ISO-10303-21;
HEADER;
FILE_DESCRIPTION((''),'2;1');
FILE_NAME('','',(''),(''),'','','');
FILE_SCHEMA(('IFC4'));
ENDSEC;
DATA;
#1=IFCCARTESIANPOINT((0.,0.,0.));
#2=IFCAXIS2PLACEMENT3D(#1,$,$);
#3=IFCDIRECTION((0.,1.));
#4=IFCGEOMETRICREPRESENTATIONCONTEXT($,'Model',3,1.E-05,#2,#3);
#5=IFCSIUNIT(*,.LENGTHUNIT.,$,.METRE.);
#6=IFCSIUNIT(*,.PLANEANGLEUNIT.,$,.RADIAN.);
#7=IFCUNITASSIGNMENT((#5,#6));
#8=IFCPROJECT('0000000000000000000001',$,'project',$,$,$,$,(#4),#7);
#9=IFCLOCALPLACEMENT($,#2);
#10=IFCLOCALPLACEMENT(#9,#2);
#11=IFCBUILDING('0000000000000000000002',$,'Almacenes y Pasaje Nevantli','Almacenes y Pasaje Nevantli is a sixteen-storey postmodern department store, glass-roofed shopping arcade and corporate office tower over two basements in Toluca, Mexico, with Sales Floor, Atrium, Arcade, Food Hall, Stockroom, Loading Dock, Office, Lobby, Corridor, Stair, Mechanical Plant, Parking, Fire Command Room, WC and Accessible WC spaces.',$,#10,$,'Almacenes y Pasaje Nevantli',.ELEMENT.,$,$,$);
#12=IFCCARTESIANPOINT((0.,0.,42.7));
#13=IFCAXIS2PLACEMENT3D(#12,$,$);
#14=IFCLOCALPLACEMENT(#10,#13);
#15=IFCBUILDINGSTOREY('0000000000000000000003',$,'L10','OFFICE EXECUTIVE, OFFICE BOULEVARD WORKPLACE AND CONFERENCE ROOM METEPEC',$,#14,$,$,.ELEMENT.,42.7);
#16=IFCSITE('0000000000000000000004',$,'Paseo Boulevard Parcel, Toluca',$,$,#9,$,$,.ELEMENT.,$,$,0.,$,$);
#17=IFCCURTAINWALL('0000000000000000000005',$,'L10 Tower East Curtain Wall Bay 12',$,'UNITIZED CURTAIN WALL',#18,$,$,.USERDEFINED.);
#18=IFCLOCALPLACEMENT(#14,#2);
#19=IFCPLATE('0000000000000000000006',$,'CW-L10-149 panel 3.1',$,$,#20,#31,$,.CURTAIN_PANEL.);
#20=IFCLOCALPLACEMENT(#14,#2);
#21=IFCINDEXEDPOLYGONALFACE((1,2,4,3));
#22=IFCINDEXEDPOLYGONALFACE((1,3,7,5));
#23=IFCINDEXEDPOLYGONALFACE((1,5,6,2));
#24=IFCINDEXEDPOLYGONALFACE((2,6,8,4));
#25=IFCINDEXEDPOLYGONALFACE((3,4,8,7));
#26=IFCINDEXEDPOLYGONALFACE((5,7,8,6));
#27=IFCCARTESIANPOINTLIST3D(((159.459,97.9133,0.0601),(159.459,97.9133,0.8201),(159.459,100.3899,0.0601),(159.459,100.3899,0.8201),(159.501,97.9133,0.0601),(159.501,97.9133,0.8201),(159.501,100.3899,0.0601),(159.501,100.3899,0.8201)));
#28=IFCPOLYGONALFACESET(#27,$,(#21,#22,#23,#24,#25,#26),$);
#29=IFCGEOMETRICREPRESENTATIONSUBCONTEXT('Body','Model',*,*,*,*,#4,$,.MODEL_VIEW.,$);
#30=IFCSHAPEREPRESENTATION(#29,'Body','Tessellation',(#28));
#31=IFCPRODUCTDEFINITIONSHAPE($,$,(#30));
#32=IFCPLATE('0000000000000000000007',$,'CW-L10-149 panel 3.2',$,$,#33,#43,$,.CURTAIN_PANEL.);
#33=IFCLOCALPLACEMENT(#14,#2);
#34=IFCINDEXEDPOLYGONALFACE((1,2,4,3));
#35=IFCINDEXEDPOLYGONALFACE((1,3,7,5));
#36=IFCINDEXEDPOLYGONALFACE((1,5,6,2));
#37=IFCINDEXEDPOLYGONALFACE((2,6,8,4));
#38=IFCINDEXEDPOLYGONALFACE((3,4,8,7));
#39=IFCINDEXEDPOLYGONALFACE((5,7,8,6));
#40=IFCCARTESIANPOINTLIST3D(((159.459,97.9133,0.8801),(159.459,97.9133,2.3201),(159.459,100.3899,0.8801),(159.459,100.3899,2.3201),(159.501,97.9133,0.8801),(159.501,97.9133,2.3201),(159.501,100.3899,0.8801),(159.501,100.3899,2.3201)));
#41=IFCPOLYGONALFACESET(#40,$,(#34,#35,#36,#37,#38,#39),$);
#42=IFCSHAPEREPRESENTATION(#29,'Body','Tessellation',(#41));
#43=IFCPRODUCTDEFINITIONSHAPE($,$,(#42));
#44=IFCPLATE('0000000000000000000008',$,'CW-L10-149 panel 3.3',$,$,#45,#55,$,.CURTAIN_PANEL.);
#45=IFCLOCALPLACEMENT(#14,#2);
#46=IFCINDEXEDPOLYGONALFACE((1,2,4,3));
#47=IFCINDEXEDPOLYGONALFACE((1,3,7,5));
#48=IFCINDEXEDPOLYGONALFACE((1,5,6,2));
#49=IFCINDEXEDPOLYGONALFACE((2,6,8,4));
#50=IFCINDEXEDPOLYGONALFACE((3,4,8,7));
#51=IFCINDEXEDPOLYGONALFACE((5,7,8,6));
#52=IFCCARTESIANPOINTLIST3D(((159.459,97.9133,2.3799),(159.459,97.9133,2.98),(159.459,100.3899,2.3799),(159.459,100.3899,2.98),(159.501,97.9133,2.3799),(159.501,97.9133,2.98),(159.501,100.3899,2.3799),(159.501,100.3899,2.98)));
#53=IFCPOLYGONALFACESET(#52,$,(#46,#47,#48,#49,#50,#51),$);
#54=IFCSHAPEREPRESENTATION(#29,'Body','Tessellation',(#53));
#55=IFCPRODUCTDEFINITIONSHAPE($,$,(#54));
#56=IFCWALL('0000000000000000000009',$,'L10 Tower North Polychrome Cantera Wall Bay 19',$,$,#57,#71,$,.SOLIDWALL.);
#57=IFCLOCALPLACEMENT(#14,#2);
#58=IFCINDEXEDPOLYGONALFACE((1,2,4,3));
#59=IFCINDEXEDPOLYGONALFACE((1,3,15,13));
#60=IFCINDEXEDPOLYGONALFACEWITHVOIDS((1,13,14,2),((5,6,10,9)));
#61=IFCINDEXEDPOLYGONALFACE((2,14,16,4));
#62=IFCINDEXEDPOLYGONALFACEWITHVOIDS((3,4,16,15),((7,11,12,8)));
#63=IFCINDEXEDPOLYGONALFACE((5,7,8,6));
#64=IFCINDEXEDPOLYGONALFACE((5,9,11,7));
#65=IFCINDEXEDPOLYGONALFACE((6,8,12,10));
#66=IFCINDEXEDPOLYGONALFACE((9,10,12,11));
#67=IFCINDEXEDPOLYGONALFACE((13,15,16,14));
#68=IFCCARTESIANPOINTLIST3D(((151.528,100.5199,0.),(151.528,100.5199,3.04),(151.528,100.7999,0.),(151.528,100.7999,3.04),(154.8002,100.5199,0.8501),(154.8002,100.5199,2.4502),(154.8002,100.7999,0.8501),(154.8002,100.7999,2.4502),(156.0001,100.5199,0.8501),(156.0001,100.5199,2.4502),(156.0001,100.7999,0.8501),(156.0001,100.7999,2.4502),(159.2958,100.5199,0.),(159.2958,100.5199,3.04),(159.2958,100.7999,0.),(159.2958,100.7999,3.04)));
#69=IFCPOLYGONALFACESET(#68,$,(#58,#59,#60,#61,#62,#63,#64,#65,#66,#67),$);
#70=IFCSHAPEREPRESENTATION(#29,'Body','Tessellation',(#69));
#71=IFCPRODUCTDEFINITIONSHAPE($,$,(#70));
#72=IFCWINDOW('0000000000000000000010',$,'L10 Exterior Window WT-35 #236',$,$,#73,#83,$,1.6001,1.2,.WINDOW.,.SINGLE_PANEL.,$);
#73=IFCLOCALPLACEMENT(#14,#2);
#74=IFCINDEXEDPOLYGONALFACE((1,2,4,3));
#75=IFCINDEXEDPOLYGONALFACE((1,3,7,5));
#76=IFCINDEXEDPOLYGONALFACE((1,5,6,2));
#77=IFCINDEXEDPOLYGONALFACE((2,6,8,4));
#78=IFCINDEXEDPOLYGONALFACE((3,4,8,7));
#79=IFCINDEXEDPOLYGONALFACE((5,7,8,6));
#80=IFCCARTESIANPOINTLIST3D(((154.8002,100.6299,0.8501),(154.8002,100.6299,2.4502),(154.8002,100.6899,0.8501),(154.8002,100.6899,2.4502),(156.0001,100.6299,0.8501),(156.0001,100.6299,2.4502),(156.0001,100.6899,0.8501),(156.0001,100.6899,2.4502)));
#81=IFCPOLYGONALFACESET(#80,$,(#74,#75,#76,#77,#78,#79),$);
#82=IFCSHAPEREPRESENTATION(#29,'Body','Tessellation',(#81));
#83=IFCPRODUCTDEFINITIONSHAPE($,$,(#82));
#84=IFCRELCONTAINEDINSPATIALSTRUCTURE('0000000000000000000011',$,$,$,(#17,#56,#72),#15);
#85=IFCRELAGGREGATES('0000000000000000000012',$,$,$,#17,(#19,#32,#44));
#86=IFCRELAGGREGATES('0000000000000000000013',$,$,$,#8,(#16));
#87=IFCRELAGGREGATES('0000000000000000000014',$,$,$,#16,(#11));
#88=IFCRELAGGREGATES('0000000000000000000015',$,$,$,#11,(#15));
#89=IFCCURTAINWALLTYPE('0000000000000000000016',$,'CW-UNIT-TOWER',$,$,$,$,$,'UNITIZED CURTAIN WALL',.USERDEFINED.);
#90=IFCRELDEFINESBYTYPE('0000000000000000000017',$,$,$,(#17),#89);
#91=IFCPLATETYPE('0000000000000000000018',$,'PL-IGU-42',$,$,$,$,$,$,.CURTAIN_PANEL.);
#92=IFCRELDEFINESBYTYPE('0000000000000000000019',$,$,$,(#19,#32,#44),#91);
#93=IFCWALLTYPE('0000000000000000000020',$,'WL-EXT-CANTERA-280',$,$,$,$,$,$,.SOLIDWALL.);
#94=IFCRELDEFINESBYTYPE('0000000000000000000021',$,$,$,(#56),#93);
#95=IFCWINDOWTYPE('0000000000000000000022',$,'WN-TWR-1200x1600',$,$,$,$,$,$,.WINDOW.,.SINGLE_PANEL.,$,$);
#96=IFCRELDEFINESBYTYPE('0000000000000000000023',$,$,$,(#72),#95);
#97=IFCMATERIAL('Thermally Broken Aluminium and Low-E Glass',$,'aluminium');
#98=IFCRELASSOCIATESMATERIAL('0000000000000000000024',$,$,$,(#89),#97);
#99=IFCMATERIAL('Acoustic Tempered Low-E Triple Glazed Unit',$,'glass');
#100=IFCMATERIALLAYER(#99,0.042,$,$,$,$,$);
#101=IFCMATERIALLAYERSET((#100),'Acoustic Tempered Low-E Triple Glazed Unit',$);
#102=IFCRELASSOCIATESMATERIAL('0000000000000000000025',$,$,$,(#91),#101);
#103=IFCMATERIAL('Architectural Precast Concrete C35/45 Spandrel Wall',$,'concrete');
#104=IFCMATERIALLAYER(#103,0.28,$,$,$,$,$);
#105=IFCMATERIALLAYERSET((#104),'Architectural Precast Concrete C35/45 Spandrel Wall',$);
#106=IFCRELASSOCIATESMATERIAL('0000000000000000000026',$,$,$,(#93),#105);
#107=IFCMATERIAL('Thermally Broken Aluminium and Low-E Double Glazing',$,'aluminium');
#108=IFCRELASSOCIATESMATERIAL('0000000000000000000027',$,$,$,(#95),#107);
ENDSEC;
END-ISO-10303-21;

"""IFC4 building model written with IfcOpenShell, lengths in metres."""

from ifc_helpers import new_model, si_unit, direction, frame, frame_2d, origin, origin_2d, place, context, subcontext, project, spatial, rectangle, extrude, material, layer, layer_set, type_object, element, fill, aggregate, save


model = new_model("IFC4")

# Units and contexts
model_context = context("Model", 3, precision=1e-05, world=origin(), true_north=direction((0.0, 1.0)))
body_context = subcontext(model_context, "Body", "Model", "MODEL_VIEW")
ifc_project = project(units=[si_unit("LENGTHUNIT", "METRE"), si_unit("PLANEANGLEUNIT", "RADIAN")], contexts=[model_context])

# Site, building, storey
site_placement = place(None, origin())
site = spatial("IfcSite", under=ifc_project, at=site_placement, Name="Paseo Boulevard Parcel, Toluca", CompositionType="ELEMENT", RefElevation=0.0)
building_placement = place(site_placement, origin())
building = spatial("IfcBuilding", under=site, at=building_placement, Name="Almacenes y Pasaje Nevantli", Description="Almacenes y Pasaje Nevantli is a sixteen-storey postmodern department store, glass-roofed shopping arcade and corporate office tower over two basements in Toluca, Mexico, with Sales Floor, Atrium, Arcade, Food Hall, Stockroom, Loading Dock, Office, Lobby, Corridor, Stair, Mechanical Plant, Parking, Fire Command Room, WC and Accessible WC spaces.", LongName="Almacenes y Pasaje Nevantli", CompositionType="ELEMENT")
storey_placement = place(building_placement, frame((0.0, 0.0, 42.7)))
storey = spatial("IfcBuildingStorey", under=building, at=storey_placement, Name="L10", Description="OFFICE EXECUTIVE, OFFICE BOULEVARD WORKPLACE AND CONFERENCE ROOM METEPEC", CompositionType="ELEMENT", Elevation=42.7)

# Curtain wall
ifc_material_1 = material(Name="Thermally Broken Aluminium and Low-E Glass", Category="aluminium")
curtain_wall_type = type_object("IfcCurtainWallType", Name="CW-UNIT-TOWER", ElementType="UNITIZED CURTAIN WALL", PredefinedType="USERDEFINED", material=ifc_material_1)
curtain_wall_1_placement = place(storey_placement, origin())
curtain_wall_1 = element("IfcCurtainWall", 1, at=curtain_wall_1_placement, inside=storey, type_object=curtain_wall_type, Name="L10 Tower East Curtain Wall Bay 12", ObjectType="UNITIZED CURTAIN WALL", PredefinedType="USERDEFINED")

# Plates
ifc_material_2 = material(Name="Acoustic Tempered Low-E Triple Glazed Unit", Category="glass")
ifc_layer_1 = layer(ifc_material_2, 0.042)
ifc_layer_set_1 = layer_set([ifc_layer_1], Name="Acoustic Tempered Low-E Triple Glazed Unit")
plate_type = type_object("IfcPlateType", Name="PL-IGU-42", PredefinedType="CURTAIN_PANEL", material=ifc_layer_set_1)
plate_1_placement = place(storey_placement, frame((159.48, 99.1516, 0.0601), z_axis=(0.0, 0.0, 1.0), x_axis=(0.0, 1.0, 0.0)))
plate_1 = element("IfcPlate", 2, at=plate_1_placement, type_object=plate_type, Name="CW-L10-149 panel 3.1", PredefinedType="CURTAIN_PANEL", context=body_context, shape_type="SweptSolid", body=[
    extrude(rectangle(XDim=2.4766, YDim=0.042, at=origin_2d()), origin(), (0.0, 0.0, 1.0), 0.76),
])
plate_2_placement = place(storey_placement, frame((159.48, 99.1516, 0.8801), z_axis=(0.0, 0.0, 1.0), x_axis=(0.0, 1.0, 0.0)))
plate_2 = element("IfcPlate", 3, at=plate_2_placement, type_object=plate_type, Name="CW-L10-149 panel 3.2", PredefinedType="CURTAIN_PANEL", context=body_context, shape_type="SweptSolid", body=[
    extrude(rectangle(XDim=2.4766, YDim=0.042, at=origin_2d()), origin(), (0.0, 0.0, 1.0), 1.4399),
])
plate_3_placement = place(storey_placement, frame((159.48, 99.1516, 2.3799), z_axis=(0.0, 0.0, 1.0), x_axis=(0.0, 1.0, 0.0)))
plate_3 = element("IfcPlate", 4, at=plate_3_placement, type_object=plate_type, Name="CW-L10-149 panel 3.3", PredefinedType="CURTAIN_PANEL", context=body_context, shape_type="SweptSolid", body=[
    extrude(rectangle(XDim=2.4766, YDim=0.042, at=origin_2d()), origin(), (0.0, 0.0, 1.0), 0.6001),
])
aggregate(curtain_wall_1, [plate_1, plate_2, plate_3])

# Wall, opening, window
ifc_material_3 = material(Name="Architectural Precast Concrete C35/45 Spandrel Wall", Category="concrete")
ifc_layer_2 = layer(ifc_material_3, 0.28)
ifc_layer_set_2 = layer_set([ifc_layer_2], Name="Architectural Precast Concrete C35/45 Spandrel Wall")
wall_type = type_object("IfcWallType", Name="WL-EXT-CANTERA-280", PredefinedType="SOLIDWALL", material=ifc_layer_set_2)
wall_placement = place(storey_placement, frame((151.5281, 100.6599, 0.0), z_axis=(0.0, 0.0, 1.0), x_axis=(1.0, 0.0, 0.0)))
wall = element("IfcWall", 5, at=wall_placement, inside=storey, type_object=wall_type, Name="L10 Tower North Polychrome Cantera Wall Bay 19", PredefinedType="SOLIDWALL", context=body_context, shape_type="SweptSolid", body=[
    extrude(rectangle(XDim=7.7678, YDim=0.28, at=frame_2d((3.8838, 0.0))), origin(), (0.0, 0.0, 1.0), 3.04),
])
opening_placement = place(wall_placement, frame((3.272, 0.0, 0.8501)))
opening = element("IfcOpeningElement", 6, at=opening_placement, cuts=wall, PredefinedType="OPENING", context=body_context, shape_type="SweptSolid", body=[
    extrude(rectangle(XDim=1.2, YDim=1.6001, at=frame_2d((0.6001, 0.8))), frame((0.0, 0.1499, 0.0), z_axis=(0.0, -1.0, 0.0), x_axis=(1.0, 0.0, 0.0)), (0.0, 0.0, 1.0), 0.3),
])
ifc_material_4 = material(Name="Thermally Broken Aluminium and Low-E Double Glazing", Category="aluminium")
window_type = type_object("IfcWindowType", Name="WN-TWR-1200x1600", PartitioningType="SINGLE_PANEL", PredefinedType="WINDOW", material=ifc_material_4)
window_placement = place(opening_placement, origin())
window = element("IfcWindow", 7, at=window_placement, inside=storey, type_object=window_type, Name="L10 Exterior Window WT-35 #236", OverallHeight=1.6001, OverallWidth=1.2, PartitioningType="SINGLE_PANEL", PredefinedType="WINDOW", context=body_context, shape_type="SweptSolid", body=[
    extrude(rectangle(XDim=1.2, YDim=1.6001, at=frame_2d((0.6001, 0.8))), frame((0.0, 0.03, 0.0), z_axis=(0.0, -1.0, 0.0), x_axis=(1.0, 0.0, 0.0)), (0.0, 0.0, 1.0), 0.0601),
])
fill(opening, window)

save(model, "model.ifc")
